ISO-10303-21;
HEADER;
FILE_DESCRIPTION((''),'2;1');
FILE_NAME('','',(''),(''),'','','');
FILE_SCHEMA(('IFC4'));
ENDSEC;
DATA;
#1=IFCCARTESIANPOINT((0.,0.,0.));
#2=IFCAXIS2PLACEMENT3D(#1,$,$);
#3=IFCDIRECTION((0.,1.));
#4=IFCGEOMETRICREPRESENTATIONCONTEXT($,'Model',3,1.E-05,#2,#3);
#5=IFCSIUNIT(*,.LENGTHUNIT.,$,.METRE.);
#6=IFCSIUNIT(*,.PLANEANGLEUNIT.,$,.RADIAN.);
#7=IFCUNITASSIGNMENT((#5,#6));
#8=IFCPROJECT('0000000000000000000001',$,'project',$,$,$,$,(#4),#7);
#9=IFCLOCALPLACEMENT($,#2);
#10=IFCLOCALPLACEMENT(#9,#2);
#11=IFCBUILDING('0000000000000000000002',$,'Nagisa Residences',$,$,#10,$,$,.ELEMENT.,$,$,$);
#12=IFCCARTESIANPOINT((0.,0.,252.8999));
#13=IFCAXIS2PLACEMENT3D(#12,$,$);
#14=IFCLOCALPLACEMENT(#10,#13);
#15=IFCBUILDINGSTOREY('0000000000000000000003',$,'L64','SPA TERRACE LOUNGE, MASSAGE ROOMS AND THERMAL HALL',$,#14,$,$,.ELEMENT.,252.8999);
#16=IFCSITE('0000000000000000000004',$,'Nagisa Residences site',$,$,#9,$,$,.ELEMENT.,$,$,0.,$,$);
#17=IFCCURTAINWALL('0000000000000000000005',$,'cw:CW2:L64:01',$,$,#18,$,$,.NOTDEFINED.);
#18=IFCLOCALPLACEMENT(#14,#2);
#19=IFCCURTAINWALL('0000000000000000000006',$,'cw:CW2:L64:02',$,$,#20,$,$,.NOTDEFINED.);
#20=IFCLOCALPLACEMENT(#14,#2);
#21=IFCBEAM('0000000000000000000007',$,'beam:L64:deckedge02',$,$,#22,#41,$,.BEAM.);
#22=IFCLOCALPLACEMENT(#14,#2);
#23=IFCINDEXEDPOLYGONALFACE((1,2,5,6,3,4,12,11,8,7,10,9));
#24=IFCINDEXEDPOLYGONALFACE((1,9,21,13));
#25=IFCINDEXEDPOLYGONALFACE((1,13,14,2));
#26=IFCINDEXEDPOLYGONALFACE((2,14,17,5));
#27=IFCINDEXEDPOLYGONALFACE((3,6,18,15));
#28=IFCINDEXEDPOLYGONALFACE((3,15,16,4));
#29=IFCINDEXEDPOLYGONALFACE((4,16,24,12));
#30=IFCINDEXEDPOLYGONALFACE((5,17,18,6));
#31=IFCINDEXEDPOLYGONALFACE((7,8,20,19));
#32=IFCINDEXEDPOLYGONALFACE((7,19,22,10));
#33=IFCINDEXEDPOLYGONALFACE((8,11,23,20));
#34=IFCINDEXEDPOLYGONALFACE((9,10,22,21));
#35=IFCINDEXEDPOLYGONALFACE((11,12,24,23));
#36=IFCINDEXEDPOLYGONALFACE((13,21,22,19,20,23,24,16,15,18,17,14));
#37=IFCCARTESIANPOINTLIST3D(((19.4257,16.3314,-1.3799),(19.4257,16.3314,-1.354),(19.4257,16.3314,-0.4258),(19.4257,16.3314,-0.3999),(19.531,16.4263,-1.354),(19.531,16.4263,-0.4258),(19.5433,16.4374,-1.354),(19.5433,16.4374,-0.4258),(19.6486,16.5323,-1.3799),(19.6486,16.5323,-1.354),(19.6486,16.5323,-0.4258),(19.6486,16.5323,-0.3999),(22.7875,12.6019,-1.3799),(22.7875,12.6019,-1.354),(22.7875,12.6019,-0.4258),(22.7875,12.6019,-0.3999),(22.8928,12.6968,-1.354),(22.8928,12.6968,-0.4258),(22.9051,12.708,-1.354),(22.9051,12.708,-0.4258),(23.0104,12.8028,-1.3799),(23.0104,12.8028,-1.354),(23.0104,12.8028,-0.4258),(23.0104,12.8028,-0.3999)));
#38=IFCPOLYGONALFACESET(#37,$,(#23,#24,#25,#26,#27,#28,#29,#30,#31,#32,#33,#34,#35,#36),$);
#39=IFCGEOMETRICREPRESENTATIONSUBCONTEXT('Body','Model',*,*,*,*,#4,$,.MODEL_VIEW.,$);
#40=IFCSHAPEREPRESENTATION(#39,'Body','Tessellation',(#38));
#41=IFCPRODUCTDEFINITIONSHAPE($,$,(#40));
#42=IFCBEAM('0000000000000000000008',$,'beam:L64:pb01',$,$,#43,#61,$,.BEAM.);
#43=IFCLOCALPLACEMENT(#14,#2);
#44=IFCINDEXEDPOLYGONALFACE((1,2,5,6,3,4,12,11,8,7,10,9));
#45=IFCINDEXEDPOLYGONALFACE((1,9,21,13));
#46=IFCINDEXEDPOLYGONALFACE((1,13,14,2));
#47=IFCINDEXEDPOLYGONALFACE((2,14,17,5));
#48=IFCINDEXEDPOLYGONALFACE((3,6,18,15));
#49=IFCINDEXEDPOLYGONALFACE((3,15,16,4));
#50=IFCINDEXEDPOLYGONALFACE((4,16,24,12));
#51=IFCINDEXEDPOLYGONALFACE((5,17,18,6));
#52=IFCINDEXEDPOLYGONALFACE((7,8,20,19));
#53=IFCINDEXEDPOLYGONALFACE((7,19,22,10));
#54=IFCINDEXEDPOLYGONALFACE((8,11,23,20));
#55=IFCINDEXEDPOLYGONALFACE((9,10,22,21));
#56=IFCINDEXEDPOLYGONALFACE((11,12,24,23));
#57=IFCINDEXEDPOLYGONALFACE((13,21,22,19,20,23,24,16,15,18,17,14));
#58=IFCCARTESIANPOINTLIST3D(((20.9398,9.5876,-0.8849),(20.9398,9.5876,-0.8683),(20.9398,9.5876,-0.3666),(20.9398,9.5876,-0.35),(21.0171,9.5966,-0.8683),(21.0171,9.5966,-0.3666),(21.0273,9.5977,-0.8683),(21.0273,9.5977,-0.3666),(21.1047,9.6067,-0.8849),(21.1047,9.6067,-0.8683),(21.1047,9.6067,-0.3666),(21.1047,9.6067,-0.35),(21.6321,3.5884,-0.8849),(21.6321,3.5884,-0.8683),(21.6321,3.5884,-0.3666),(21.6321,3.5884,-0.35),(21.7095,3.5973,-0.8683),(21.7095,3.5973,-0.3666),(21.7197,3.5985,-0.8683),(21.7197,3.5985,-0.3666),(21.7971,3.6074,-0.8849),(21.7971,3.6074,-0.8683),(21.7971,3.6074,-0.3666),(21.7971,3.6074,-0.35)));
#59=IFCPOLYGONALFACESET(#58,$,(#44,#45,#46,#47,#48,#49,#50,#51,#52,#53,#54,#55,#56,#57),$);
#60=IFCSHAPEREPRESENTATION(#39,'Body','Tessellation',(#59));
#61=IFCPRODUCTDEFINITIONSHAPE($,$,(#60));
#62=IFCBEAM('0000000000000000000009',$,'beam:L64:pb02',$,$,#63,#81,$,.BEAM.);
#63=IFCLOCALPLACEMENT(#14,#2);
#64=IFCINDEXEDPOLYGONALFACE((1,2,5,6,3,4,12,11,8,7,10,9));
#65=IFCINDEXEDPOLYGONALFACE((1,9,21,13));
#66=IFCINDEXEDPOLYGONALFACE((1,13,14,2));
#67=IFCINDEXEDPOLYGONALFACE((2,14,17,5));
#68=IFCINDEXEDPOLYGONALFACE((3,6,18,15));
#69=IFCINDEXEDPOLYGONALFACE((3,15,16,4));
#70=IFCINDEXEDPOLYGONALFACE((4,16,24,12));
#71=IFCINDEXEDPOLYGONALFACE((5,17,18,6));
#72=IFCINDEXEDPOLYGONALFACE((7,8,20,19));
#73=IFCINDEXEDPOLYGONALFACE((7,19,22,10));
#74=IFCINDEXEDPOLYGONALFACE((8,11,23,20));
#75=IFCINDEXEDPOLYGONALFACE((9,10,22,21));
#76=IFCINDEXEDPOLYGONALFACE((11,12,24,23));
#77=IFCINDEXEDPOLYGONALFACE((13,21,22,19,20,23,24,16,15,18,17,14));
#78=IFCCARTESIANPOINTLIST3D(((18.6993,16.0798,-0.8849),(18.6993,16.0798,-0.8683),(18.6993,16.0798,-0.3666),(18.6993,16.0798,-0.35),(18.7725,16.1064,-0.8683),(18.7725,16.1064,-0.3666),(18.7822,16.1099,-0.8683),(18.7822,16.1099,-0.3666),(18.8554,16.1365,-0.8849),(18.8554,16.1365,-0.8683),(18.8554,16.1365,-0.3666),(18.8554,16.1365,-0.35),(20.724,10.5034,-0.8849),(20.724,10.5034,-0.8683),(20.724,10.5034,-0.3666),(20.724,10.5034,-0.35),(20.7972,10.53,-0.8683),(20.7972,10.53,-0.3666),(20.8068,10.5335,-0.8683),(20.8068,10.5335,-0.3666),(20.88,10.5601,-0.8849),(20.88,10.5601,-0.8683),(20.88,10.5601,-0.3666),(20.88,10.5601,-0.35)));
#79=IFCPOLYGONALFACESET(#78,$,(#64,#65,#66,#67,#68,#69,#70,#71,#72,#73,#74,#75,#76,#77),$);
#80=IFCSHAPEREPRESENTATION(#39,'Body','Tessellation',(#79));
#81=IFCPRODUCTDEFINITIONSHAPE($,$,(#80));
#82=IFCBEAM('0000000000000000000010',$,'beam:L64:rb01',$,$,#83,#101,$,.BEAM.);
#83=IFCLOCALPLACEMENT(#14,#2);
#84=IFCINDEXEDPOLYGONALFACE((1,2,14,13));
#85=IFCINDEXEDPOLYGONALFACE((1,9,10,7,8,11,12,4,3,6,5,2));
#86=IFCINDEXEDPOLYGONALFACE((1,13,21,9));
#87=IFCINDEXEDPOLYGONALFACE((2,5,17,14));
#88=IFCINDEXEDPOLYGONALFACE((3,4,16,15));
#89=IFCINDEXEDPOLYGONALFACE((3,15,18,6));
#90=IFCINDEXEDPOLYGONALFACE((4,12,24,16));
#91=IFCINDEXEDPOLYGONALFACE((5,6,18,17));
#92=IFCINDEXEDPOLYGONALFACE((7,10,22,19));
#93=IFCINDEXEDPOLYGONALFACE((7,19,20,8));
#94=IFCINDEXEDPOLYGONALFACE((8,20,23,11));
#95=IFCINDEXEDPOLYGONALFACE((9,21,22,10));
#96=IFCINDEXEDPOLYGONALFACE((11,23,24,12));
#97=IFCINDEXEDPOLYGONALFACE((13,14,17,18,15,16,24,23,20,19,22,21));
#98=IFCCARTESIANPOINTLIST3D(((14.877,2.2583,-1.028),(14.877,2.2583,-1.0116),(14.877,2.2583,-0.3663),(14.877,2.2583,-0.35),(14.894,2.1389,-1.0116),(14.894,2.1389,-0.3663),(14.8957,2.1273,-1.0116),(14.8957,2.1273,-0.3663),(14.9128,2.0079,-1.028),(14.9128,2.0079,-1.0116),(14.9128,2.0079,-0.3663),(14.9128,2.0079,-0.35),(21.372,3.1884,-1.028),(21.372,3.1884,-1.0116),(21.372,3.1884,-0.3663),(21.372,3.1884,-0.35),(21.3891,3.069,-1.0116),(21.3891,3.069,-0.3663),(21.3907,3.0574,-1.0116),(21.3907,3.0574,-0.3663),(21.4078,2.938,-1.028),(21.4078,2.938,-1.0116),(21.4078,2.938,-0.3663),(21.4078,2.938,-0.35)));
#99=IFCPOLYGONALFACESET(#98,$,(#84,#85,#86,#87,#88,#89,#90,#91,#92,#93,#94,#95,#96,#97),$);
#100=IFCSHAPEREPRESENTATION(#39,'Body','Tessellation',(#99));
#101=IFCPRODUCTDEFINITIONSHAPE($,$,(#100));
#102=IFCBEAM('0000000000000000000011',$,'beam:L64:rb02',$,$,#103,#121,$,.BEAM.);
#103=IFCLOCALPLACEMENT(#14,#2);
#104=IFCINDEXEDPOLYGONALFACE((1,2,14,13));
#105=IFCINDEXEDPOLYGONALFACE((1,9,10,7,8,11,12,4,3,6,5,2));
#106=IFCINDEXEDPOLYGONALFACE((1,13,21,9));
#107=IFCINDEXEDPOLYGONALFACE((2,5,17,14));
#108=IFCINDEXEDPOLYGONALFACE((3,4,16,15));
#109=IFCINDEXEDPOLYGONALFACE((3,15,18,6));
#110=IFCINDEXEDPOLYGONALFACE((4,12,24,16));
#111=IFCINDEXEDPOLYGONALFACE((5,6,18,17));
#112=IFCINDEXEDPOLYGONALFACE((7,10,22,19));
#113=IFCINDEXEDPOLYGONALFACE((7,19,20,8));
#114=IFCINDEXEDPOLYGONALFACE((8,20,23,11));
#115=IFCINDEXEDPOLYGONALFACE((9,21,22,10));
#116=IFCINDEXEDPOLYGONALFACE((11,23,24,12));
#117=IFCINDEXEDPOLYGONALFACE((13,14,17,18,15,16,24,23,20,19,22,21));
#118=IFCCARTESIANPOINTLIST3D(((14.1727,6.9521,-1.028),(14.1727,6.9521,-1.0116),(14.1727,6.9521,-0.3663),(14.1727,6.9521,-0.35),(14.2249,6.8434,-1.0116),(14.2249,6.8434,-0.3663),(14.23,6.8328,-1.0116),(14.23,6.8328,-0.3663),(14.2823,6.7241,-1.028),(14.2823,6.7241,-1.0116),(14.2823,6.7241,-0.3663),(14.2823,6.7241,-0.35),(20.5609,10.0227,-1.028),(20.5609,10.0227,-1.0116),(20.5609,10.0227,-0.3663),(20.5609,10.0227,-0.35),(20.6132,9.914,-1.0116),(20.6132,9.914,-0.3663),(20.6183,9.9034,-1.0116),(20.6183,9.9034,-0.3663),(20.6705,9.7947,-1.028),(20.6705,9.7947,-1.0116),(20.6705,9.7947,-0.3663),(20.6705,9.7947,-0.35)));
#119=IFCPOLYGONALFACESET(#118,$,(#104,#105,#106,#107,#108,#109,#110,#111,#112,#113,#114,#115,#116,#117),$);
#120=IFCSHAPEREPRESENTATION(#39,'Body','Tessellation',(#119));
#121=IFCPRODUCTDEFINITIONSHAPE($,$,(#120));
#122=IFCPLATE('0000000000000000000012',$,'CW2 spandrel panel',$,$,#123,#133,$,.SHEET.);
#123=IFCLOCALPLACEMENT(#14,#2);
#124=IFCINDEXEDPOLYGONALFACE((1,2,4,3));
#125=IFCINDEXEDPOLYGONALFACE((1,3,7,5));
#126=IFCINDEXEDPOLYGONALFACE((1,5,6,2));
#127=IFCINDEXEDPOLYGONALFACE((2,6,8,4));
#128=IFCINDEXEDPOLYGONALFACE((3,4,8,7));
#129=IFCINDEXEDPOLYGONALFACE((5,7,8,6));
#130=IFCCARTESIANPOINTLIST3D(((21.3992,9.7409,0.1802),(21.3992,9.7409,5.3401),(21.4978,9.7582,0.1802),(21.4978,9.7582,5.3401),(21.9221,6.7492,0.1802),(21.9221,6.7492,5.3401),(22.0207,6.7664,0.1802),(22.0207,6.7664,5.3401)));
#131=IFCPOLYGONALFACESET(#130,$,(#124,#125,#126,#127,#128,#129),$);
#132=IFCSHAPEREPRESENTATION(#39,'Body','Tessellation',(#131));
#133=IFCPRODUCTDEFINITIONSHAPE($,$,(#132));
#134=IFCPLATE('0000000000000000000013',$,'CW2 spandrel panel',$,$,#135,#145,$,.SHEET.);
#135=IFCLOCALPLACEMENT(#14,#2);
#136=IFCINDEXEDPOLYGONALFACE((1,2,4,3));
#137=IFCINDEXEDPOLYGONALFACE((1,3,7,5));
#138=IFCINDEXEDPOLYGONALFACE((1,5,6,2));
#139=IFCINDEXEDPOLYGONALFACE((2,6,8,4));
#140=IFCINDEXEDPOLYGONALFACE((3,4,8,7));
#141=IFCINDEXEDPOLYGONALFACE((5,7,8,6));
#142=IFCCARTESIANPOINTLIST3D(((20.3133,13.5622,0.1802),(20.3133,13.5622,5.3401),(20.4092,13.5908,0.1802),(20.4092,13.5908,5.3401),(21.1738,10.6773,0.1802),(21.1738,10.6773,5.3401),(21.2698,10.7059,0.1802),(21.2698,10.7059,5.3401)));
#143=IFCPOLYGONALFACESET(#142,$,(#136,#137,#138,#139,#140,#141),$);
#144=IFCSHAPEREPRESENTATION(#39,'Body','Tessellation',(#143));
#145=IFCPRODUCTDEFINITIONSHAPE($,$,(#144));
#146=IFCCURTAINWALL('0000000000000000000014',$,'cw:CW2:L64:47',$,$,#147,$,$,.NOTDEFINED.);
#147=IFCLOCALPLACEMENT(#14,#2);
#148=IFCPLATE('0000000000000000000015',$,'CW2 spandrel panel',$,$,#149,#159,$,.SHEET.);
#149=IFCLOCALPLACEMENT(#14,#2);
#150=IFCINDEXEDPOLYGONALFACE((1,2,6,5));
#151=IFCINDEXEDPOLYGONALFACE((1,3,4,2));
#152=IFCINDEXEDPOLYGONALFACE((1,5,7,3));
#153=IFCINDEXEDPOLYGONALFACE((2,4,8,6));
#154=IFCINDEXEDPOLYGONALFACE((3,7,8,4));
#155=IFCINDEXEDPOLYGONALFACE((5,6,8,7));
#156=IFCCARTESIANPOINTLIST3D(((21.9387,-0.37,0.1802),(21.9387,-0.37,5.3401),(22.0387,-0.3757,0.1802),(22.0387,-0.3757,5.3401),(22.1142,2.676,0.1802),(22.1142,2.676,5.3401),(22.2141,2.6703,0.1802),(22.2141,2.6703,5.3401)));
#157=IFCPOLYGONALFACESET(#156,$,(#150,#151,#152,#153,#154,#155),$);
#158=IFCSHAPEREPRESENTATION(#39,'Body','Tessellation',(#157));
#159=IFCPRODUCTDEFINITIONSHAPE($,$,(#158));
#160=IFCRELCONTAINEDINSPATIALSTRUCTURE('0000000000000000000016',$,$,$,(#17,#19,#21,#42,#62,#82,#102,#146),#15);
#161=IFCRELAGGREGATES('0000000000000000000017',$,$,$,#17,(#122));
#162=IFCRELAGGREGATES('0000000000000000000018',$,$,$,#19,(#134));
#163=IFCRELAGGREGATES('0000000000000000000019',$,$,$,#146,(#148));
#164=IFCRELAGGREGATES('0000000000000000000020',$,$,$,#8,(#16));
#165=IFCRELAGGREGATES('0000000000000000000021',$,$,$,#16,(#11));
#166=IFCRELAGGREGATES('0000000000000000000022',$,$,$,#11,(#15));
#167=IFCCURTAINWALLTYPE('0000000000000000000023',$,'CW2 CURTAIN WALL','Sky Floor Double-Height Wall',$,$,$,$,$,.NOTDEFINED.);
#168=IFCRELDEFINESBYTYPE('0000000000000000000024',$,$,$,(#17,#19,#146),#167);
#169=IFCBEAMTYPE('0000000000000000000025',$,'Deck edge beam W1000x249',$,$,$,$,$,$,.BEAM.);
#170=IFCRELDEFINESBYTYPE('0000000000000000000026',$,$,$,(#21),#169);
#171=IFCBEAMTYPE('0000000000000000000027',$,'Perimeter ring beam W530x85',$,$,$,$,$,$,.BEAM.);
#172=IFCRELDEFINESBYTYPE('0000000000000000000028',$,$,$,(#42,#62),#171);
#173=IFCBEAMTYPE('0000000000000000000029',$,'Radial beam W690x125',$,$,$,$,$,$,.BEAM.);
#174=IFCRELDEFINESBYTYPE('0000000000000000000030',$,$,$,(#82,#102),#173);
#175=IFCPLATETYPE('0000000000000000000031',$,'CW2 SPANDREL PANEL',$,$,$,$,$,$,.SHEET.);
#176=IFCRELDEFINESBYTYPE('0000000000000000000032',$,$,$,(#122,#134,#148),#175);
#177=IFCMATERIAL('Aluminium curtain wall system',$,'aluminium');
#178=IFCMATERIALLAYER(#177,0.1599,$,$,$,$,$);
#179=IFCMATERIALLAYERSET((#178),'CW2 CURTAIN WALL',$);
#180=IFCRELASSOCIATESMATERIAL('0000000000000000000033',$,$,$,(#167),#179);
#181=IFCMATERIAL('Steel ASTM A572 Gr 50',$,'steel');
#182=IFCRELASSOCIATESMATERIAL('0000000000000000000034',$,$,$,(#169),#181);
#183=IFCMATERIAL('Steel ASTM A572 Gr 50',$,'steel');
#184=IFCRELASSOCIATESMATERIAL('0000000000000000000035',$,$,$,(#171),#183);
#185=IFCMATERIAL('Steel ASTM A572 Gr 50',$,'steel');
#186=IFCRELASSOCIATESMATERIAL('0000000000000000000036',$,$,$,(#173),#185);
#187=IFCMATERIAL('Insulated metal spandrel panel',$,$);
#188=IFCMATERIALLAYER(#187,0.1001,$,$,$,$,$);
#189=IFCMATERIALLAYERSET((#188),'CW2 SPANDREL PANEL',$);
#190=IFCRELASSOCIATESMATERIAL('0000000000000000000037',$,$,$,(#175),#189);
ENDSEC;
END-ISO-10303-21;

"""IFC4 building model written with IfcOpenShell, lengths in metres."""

from ifc_helpers import new_model, si_unit, direction, frame, origin, origin_2d, place, context, subcontext, project, spatial, rectangle, i_section, extrude, material, layer, layer_set, material_profile, profile_set, type_object, element, aggregate, save


model = new_model("IFC4")

# Units and contexts
model_context = context("Model", 3, precision=1e-05, world=origin(), true_north=direction((0.0, 1.0)))
body_context = subcontext(model_context, "Body", "Model", "MODEL_VIEW")
ifc_project = project(units=[si_unit("LENGTHUNIT", "METRE"), si_unit("PLANEANGLEUNIT", "RADIAN")], contexts=[model_context])

# Site, building, storey
site_placement = place(None, origin())
site = spatial("IfcSite", under=ifc_project, at=site_placement, Name="Nagisa Residences site", CompositionType="ELEMENT", RefElevation=0.0)
building_placement = place(site_placement, origin())
building = spatial("IfcBuilding", under=site, at=building_placement, Name="Nagisa Residences", CompositionType="ELEMENT")
storey_placement = place(building_placement, frame((0.0, 0.0, 252.8999)))
storey = spatial("IfcBuildingStorey", under=building, at=storey_placement, Name="L64", Description="SPA TERRACE LOUNGE, MASSAGE ROOMS AND THERMAL HALL", CompositionType="ELEMENT", Elevation=252.8999)

# Curtain walls
ifc_material_1 = material(Name="Aluminium curtain wall system", Category="aluminium")
ifc_layer_1 = layer(ifc_material_1, 0.1599)
ifc_layer_set_1 = layer_set([ifc_layer_1], Name="CW2 CURTAIN WALL")
curtain_wall_type = type_object("IfcCurtainWallType", Name="CW2 CURTAIN WALL", Description="Sky Floor Double-Height Wall", PredefinedType="NOTDEFINED", material=ifc_layer_set_1)
curtain_wall_1_placement = place(storey_placement, origin())
curtain_wall_1 = element("IfcCurtainWall", 1, at=curtain_wall_1_placement, inside=storey, type_object=curtain_wall_type, Name="cw:CW2:L64:01", PredefinedType="NOTDEFINED")
curtain_wall_2_placement = place(storey_placement, origin())
curtain_wall_2 = element("IfcCurtainWall", 2, at=curtain_wall_2_placement, inside=storey, type_object=curtain_wall_type, Name="cw:CW2:L64:02", PredefinedType="NOTDEFINED")

# Beams
ifc_material_2 = material(Name="Steel ASTM A572 Gr 50", Category="steel")
ifc_material_profile_1 = material_profile(ifc_material_2, i_section(OverallWidth=0.3, OverallDepth=0.98, WebThickness=0.0166, FlangeThickness=0.0259, at=origin_2d()), Name="W1000x249")
ifc_profile_set_1 = profile_set([ifc_material_profile_1], Name="Steel ASTM A572 Gr 50")
beam_type_1 = type_object("IfcBeamType", Name="Deck edge beam W1000x249", PredefinedType="BEAM", material=ifc_profile_set_1)
beam_1_placement = place(storey_placement, frame((22.8989, 12.7024, -0.8899), z_axis=(-0.669545, 0.742772, 0.0), x_axis=(-0.742772, -0.669545, 0.0)))
element("IfcBeam", 3, at=beam_1_placement, inside=storey, type_object=beam_type_1, Name="beam:L64:deckedge02", PredefinedType="BEAM", context=body_context, shape_type="SweptSolid", body=[
    extrude(i_section(OverallWidth=0.3, OverallDepth=0.98, WebThickness=0.0166, FlangeThickness=0.0259, at=origin_2d()), origin(), (0.0, 0.0, 1.0), 5.021),
])
ifc_material_3 = material(Name="Steel ASTM A572 Gr 50", Category="steel")
ifc_material_profile_2 = material_profile(ifc_material_3, i_section(OverallWidth=0.166, OverallDepth=0.5349, WebThickness=0.0103, FlangeThickness=0.0166, at=origin_2d()), Name="W530x85")
ifc_profile_set_2 = profile_set([ifc_material_profile_2], Name="Steel ASTM A572 Gr 50")
beam_type_2 = type_object("IfcBeamType", Name="Perimeter ring beam W530x85", PredefinedType="BEAM", material=ifc_profile_set_2)
beam_2_placement = place(storey_placement, frame((21.7146, 3.5979, -0.6174), z_axis=(-0.11465, 0.993406, 0.0), x_axis=(-0.993406, -0.11465, 0.0)))
element("IfcBeam", 4, at=beam_2_placement, inside=storey, type_object=beam_type_2, Name="beam:L64:pb01", PredefinedType="BEAM", context=body_context, shape_type="SweptSolid", body=[
    extrude(i_section(OverallWidth=0.166, OverallDepth=0.5349, WebThickness=0.0103, FlangeThickness=0.0166, at=origin_2d()), origin(), (0.0, 0.0, 1.0), 6.0391),
])
beam_3_placement = place(storey_placement, frame((20.802, 10.5317, -0.6174), z_axis=(-0.341277, 0.939963, 0.0), x_axis=(-0.939963, -0.341277, 0.0)))
element("IfcBeam", 5, at=beam_3_placement, inside=storey, type_object=beam_type_2, Name="beam:L64:pb02", PredefinedType="BEAM", context=body_context, shape_type="SweptSolid", body=[
    extrude(i_section(OverallWidth=0.166, OverallDepth=0.5349, WebThickness=0.0103, FlangeThickness=0.0166, at=origin_2d()), origin(), (0.0, 0.0, 1.0), 5.9326),
])
ifc_material_4 = material(Name="Steel ASTM A572 Gr 50", Category="steel")
ifc_material_profile_3 = material_profile(ifc_material_4, i_section(OverallWidth=0.2529, OverallDepth=0.678, WebThickness=0.0117, FlangeThickness=0.0164, at=origin_2d()), Name="W690x125")
ifc_profile_set_3 = profile_set([ifc_material_profile_3], Name="Steel ASTM A572 Gr 50")
beam_type_3 = type_object("IfcBeamType", Name="Radial beam W690x125", PredefinedType="BEAM", material=ifc_profile_set_3)
beam_4_placement = place(storey_placement, frame((21.3899, 3.0632, -0.689), z_axis=(-0.9899, -0.141765, 0.0), x_axis=(0.141765, -0.9899, 0.0)))
element("IfcBeam", 6, at=beam_4_placement, inside=storey, type_object=beam_type_3, Name="beam:L64:rb01", PredefinedType="BEAM", context=body_context, shape_type="SweptSolid", body=[
    extrude(i_section(OverallWidth=0.2529, OverallDepth=0.678, WebThickness=0.0117, FlangeThickness=0.0164, at=origin_2d()), origin(), (0.0, 0.0, 1.0), 6.5613),
])
beam_5_placement = place(storey_placement, frame((20.6157, 9.9087, -0.689), z_axis=(-0.90129, -0.433216, 0.0), x_axis=(0.433216, -0.90129, 0.0)))
element("IfcBeam", 7, at=beam_5_placement, inside=storey, type_object=beam_type_3, Name="beam:L64:rb02", PredefinedType="BEAM", context=body_context, shape_type="SweptSolid", body=[
    extrude(i_section(OverallWidth=0.2529, OverallDepth=0.678, WebThickness=0.0117, FlangeThickness=0.0164, at=origin_2d()), origin(), (0.0, 0.0, 1.0), 7.0879),
])

# Plates
ifc_material_5 = material(Name="Insulated metal spandrel panel")
ifc_layer_2 = layer(ifc_material_5, 0.1001)
ifc_layer_set_2 = layer_set([ifc_layer_2], Name="CW2 SPANDREL PANEL")
plate_type = type_object("IfcPlateType", Name="CW2 SPANDREL PANEL", PredefinedType="SHEET", material=ifc_layer_set_2)
plate_1_placement = place(storey_placement, frame((21.71, 8.2537, 0.1802), z_axis=(0.0, 0.0, 1.0), x_axis=(-0.172191, 0.985064, 0.0)))
plate_1 = element("IfcPlate", 8, at=plate_1_placement, type_object=plate_type, Name="CW2 spandrel panel", PredefinedType="SHEET", context=body_context, shape_type="SweptSolid", body=[
    extrude(rectangle(XDim=3.0371, YDim=0.1001, at=origin_2d()), origin(), (0.0, 0.0, 1.0), 5.1599),
])
aggregate(curtain_wall_1, [plate_1])
plate_2_placement = place(storey_placement, frame((20.7915, 12.134, 0.1802), z_axis=(0.0, 0.0, 1.0), x_axis=(-0.28586, 0.958271, 0.0)))
plate_2 = element("IfcPlate", 9, at=plate_2_placement, type_object=plate_type, Name="CW2 spandrel panel", PredefinedType="SHEET", context=body_context, shape_type="SweptSolid", body=[
    extrude(rectangle(XDim=3.0105, YDim=0.1001, at=origin_2d()), origin(), (0.0, 0.0, 1.0), 5.1599),
])
aggregate(curtain_wall_2, [plate_2])

# Curtain wall, plate
curtain_wall_3_placement = place(storey_placement, origin())
curtain_wall_3 = element("IfcCurtainWall", 10, at=curtain_wall_3_placement, inside=storey, type_object=curtain_wall_type, Name="cw:CW2:L64:47", PredefinedType="NOTDEFINED")
plate_3_placement = place(storey_placement, frame((22.0764, 1.1501, 0.1802), z_axis=(0.0, 0.0, 1.0), x_axis=(0.057503, 0.998345, 0.0)))
plate_3 = element("IfcPlate", 11, at=plate_3_placement, type_object=plate_type, Name="CW2 spandrel panel", PredefinedType="SHEET", context=body_context, shape_type="SweptSolid", body=[
    extrude(rectangle(XDim=3.051, YDim=0.1001, at=origin_2d()), origin(), (0.0, 0.0, 1.0), 5.1599),
])
aggregate(curtain_wall_3, [plate_3])

save(model, "model.ifc")
